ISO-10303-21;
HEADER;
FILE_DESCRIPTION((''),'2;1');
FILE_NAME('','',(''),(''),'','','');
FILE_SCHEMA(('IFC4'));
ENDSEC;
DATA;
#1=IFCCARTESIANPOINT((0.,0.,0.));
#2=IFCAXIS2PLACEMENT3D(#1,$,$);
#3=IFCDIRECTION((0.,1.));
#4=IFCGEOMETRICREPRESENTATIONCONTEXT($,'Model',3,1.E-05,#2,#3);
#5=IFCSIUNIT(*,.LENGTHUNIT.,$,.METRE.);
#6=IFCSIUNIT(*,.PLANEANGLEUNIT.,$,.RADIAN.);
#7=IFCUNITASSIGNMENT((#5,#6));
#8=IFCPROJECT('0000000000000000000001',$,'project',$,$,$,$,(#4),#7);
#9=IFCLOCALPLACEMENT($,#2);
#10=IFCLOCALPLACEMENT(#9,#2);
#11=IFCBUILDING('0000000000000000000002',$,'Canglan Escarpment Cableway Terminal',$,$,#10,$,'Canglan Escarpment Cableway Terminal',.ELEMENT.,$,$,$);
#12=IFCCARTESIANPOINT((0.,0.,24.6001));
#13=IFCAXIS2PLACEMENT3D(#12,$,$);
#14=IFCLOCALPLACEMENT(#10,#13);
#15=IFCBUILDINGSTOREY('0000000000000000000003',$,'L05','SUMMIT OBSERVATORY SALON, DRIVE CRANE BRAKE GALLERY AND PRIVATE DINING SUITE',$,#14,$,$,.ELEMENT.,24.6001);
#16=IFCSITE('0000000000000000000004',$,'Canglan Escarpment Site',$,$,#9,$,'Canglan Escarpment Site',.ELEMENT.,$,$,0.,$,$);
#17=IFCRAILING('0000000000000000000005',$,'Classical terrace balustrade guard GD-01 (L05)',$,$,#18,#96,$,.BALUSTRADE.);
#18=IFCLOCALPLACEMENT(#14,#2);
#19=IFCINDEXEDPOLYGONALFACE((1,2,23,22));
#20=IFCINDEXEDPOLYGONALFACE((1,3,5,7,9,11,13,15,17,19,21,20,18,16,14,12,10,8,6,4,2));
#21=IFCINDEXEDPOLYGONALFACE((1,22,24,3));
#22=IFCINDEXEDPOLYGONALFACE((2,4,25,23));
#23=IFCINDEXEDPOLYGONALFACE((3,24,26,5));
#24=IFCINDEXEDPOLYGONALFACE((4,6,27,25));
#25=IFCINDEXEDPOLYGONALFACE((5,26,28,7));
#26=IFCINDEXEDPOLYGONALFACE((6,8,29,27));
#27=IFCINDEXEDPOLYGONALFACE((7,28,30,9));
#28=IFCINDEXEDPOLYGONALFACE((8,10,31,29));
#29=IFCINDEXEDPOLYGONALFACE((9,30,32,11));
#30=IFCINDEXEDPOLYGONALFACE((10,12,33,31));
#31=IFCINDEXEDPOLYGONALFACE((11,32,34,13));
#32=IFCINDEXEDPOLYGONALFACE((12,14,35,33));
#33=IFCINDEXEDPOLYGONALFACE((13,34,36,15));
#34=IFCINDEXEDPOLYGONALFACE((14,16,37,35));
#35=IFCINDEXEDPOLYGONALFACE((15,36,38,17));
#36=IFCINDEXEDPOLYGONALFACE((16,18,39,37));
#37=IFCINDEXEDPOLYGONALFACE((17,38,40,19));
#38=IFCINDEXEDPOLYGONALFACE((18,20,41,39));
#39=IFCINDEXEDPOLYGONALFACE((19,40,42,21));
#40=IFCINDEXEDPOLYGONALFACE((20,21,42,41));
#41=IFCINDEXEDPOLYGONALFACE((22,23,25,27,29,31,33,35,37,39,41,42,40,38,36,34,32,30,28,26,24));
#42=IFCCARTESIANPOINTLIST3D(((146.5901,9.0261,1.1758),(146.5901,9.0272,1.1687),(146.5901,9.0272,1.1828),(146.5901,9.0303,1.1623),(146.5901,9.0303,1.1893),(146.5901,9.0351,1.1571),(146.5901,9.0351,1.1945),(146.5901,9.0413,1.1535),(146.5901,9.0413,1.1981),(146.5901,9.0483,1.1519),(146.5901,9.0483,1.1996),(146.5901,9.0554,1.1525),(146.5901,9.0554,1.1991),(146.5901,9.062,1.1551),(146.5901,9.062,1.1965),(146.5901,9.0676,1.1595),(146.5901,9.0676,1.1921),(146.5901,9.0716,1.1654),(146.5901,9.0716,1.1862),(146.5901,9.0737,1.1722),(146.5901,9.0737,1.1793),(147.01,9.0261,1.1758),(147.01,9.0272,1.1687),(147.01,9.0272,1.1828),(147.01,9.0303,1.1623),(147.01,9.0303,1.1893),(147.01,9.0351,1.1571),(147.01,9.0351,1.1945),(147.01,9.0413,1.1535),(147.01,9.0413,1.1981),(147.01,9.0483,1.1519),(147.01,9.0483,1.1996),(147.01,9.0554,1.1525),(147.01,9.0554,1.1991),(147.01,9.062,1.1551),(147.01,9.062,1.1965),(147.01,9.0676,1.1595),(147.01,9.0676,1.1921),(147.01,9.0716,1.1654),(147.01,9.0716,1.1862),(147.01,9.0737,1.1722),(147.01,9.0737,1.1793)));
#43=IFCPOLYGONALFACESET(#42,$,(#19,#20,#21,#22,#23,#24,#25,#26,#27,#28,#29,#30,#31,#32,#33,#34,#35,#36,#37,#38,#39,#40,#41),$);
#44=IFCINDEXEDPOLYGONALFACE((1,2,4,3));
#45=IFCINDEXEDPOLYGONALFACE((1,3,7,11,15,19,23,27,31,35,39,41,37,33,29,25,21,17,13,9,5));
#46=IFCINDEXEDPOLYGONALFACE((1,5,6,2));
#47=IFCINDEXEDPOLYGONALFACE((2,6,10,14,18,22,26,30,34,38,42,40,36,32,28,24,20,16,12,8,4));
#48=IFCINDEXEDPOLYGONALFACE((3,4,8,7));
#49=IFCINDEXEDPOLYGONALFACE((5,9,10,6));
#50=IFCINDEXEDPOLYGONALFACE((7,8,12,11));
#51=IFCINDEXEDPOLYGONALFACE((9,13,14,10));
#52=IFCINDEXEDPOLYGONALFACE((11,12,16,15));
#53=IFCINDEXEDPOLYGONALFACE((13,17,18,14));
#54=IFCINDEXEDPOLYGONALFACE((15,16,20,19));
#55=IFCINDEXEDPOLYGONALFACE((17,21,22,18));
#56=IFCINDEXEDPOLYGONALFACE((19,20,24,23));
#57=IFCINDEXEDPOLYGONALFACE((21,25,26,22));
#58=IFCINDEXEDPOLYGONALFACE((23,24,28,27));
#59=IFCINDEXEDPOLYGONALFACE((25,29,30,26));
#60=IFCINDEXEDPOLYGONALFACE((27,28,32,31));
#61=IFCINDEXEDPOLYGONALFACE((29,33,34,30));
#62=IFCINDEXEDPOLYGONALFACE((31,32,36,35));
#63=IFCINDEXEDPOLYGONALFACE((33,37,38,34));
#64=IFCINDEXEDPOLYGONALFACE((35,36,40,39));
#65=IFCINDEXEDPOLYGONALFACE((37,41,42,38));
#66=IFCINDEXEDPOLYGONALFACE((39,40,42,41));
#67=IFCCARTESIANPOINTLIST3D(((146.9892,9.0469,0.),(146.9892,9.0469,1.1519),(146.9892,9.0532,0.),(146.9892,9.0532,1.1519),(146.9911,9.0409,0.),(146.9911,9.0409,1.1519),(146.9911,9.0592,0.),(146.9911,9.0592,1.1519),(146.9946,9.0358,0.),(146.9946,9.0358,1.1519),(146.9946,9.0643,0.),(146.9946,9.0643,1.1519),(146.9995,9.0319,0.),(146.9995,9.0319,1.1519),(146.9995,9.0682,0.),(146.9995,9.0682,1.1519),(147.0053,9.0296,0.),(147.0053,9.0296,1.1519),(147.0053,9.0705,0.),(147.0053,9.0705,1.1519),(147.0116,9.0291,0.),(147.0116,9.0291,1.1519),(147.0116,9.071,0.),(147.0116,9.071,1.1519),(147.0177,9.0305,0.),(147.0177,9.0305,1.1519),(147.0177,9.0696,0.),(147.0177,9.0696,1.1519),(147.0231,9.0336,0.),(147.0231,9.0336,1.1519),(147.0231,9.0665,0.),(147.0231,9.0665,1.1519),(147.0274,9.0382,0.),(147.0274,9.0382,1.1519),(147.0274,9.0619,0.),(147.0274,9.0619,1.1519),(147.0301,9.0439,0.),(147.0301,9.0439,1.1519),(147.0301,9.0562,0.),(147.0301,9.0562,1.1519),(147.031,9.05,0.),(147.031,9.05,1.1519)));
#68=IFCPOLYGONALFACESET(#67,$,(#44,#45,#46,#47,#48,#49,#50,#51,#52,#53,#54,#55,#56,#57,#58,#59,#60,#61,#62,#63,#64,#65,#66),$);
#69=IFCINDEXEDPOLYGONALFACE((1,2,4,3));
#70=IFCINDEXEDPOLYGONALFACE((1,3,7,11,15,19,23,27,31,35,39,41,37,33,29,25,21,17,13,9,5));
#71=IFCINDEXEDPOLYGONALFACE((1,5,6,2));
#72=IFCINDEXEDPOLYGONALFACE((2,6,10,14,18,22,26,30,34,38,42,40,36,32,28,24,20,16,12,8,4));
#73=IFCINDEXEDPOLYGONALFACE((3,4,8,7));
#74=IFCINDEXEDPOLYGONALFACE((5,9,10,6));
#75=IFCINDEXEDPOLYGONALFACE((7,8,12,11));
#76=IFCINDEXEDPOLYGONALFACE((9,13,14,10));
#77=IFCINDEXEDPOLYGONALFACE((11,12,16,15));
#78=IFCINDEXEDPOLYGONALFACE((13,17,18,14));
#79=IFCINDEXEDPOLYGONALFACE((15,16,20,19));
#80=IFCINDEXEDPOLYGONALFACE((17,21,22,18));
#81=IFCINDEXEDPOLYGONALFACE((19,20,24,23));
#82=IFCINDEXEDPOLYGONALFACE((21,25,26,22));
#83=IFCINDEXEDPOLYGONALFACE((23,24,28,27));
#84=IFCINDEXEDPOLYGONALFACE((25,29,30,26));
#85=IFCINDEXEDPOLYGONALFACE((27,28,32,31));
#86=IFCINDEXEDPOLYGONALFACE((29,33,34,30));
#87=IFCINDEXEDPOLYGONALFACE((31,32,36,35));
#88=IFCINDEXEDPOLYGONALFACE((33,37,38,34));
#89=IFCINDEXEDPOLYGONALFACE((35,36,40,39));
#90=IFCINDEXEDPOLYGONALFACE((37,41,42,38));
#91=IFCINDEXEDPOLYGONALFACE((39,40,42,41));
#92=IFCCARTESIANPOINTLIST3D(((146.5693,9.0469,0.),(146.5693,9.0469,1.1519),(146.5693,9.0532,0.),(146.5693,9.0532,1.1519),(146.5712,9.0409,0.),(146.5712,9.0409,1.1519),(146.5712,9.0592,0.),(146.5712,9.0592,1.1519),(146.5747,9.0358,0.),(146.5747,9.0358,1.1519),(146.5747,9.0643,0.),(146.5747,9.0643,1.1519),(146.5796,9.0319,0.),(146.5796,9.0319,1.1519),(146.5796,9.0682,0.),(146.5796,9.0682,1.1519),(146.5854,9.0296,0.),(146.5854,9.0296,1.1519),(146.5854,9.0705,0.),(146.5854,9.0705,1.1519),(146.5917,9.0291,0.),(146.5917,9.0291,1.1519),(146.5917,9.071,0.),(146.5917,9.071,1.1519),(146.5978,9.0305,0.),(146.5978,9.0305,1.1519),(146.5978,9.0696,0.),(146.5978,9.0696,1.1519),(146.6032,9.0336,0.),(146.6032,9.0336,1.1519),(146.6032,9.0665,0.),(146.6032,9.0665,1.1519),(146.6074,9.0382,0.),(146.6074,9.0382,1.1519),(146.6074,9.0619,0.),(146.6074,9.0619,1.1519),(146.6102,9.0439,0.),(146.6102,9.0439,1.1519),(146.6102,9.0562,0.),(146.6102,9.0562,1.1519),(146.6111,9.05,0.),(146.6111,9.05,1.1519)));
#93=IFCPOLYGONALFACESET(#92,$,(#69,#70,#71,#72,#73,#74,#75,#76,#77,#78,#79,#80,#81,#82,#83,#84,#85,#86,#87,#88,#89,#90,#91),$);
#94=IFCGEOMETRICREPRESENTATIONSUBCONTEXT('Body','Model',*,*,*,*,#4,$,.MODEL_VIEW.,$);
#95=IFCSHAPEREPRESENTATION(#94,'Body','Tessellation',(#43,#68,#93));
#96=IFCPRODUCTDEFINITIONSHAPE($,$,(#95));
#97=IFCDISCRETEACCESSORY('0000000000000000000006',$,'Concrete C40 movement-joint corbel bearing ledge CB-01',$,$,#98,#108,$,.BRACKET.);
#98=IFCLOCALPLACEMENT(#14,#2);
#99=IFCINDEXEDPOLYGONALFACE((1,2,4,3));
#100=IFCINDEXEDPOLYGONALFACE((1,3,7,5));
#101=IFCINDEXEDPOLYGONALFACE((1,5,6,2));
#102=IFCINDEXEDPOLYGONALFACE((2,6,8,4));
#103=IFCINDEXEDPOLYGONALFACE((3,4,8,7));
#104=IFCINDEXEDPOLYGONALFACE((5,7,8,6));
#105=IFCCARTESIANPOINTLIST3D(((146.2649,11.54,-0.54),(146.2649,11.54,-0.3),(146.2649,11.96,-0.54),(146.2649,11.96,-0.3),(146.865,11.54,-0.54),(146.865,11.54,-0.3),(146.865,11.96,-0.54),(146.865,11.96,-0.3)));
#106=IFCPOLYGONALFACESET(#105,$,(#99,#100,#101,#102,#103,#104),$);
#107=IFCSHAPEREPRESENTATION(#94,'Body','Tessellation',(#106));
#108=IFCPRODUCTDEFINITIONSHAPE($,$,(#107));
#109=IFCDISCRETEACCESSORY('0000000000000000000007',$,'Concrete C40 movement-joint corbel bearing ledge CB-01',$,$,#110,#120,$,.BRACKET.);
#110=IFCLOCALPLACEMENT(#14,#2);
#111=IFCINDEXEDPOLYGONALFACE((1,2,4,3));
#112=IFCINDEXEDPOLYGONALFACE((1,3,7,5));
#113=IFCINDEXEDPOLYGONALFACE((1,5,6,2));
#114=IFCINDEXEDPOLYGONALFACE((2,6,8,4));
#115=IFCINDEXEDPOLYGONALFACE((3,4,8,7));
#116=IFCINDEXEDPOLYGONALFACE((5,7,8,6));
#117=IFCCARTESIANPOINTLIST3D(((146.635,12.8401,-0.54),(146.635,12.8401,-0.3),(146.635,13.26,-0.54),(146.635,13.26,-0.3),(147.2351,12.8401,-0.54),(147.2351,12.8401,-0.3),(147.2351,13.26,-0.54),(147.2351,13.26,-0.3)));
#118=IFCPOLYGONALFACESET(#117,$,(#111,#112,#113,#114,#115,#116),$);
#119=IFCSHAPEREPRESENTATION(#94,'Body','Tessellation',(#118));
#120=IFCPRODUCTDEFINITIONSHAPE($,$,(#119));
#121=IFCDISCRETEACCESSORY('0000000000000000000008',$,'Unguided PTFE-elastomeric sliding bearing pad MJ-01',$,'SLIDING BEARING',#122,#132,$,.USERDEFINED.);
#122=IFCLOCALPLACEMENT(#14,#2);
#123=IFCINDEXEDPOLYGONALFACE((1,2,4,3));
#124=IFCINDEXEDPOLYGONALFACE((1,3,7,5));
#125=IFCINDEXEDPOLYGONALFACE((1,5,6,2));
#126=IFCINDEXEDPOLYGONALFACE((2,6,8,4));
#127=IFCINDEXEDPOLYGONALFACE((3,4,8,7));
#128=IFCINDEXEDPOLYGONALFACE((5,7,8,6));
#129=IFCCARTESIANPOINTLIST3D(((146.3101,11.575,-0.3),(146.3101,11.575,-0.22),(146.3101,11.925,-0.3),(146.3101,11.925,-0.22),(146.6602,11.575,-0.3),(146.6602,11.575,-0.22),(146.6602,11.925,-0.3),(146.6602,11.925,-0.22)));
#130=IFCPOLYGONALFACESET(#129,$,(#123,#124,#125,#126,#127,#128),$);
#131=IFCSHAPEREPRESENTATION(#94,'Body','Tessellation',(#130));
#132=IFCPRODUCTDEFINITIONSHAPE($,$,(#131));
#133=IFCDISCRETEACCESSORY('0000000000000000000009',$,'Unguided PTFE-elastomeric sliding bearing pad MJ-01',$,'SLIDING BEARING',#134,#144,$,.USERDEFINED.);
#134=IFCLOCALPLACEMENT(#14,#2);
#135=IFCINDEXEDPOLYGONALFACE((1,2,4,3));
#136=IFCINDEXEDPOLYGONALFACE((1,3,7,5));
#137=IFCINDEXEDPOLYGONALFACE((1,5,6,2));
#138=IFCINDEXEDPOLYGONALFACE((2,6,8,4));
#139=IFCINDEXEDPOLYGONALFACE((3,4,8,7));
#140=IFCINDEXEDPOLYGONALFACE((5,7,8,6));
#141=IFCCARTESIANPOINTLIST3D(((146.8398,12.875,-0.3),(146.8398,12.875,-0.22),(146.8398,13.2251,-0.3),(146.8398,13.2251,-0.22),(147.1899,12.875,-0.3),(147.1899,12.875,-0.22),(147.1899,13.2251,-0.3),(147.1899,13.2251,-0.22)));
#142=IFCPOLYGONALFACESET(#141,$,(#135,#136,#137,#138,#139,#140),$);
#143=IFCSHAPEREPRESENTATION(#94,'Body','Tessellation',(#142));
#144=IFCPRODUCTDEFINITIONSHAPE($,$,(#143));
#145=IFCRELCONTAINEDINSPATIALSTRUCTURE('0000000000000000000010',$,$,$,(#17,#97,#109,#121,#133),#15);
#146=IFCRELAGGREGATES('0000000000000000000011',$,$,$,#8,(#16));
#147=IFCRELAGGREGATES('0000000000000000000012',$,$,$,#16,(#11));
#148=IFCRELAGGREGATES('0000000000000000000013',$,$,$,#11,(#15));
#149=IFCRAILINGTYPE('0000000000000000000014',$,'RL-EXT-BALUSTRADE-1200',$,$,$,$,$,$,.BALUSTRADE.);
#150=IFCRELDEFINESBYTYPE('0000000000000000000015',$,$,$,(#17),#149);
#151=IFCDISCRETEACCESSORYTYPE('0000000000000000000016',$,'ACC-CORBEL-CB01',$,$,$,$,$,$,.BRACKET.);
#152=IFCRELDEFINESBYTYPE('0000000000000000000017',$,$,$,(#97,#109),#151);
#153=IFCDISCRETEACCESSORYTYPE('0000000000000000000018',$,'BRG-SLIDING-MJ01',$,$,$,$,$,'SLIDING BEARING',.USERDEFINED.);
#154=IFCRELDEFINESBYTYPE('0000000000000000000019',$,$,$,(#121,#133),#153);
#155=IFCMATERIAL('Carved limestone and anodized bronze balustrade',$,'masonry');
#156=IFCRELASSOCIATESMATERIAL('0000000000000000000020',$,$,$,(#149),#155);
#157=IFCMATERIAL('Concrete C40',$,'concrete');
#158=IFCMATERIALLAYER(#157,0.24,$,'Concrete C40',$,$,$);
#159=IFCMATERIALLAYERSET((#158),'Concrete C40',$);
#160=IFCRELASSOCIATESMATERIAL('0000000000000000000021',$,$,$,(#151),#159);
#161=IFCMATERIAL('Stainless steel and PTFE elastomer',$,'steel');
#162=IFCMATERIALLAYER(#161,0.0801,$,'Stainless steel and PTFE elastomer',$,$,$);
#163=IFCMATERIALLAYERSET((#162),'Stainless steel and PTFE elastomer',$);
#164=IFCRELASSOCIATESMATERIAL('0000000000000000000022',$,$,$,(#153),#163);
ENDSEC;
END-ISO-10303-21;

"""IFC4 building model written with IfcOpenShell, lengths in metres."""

from ifc_helpers import new_model, si_unit, direction, frame, origin, origin_2d, place, context, subcontext, project, spatial, rectangle, circle, extrude, material, layer, layer_set, type_object, element, save


model = new_model("IFC4")

# Units and contexts
model_context = context("Model", 3, precision=1e-05, world=origin(), true_north=direction((0.0, 1.0)))
body_context = subcontext(model_context, "Body", "Model", "MODEL_VIEW")
ifc_project = project(units=[si_unit("LENGTHUNIT", "METRE"), si_unit("PLANEANGLEUNIT", "RADIAN")], contexts=[model_context])

# Site, building, storey
site_placement = place(None, origin())
site = spatial("IfcSite", under=ifc_project, at=site_placement, Name="Canglan Escarpment Site", LongName="Canglan Escarpment Site", CompositionType="ELEMENT", RefElevation=0.0)
building_placement = place(site_placement, origin())
building = spatial("IfcBuilding", under=site, at=building_placement, Name="Canglan Escarpment Cableway Terminal", LongName="Canglan Escarpment Cableway Terminal", CompositionType="ELEMENT")
storey_placement = place(building_placement, frame((0.0, 0.0, 24.6001)))
storey = spatial("IfcBuildingStorey", under=building, at=storey_placement, Name="L05", Description="SUMMIT OBSERVATORY SALON, DRIVE CRANE BRAKE GALLERY AND PRIVATE DINING SUITE", CompositionType="ELEMENT", Elevation=24.6001)

# Railing
ifc_material_1 = material(Name="Carved limestone and anodized bronze balustrade", Category="masonry")
railing_type = type_object("IfcRailingType", Name="RL-EXT-BALUSTRADE-1200", PredefinedType="BALUSTRADE", material=ifc_material_1)
railing_placement = place(storey_placement, frame((147.01, 9.05, 0.0)))
element("IfcRailing", 1, at=railing_placement, inside=storey, type_object=railing_type, Name="Classical terrace balustrade guard GD-01 (L05)", PredefinedType="BALUSTRADE", context=body_context, shape_type="SweptSolid", body=[
    extrude(circle(Radius=0.0239, at=origin_2d()), frame((0.0, 0.0, 1.1758), z_axis=(-1.0, 0.0, 0.0), x_axis=(0.0, -1.0, 0.0)), (0.0, 0.0, 1.0), 0.4199),
    extrude(circle(Radius=0.021, at=origin_2d()), origin(), (0.0, 0.0, 1.0), 1.1519),
    extrude(circle(Radius=0.021, at=origin_2d()), frame((-0.4199, 0.0, 0.0)), (0.0, 0.0, 1.0), 1.1519),
])

# Discrete accessories
ifc_material_2 = material(Name="Concrete C40", Category="concrete")
ifc_layer_1 = layer(ifc_material_2, 0.24, Name="Concrete C40")
ifc_layer_set_1 = layer_set([ifc_layer_1], Name="Concrete C40")
discrete_accessory_type_1 = type_object("IfcDiscreteAccessoryType", Name="ACC-CORBEL-CB01", PredefinedType="BRACKET", material=ifc_layer_set_1)
for number, where, z_axis, x_axis, name in (
    (2, (146.5649, 11.75, -0.54), (0.0, 0.0, 1.0), (1.0, 0.0, 0.0), "Concrete C40 movement-joint corbel bearing ledge CB-01"),
    (3, (146.9351, 13.05, -0.54), (0.0, 0.0, 1.0), (1.0, 0.0, 0.0), "Concrete C40 movement-joint corbel bearing ledge CB-01"),
):
    element("IfcDiscreteAccessory", number, at=place(storey_placement, frame(where, z_axis=z_axis, x_axis=x_axis)), inside=storey, type_object=discrete_accessory_type_1, Name=name, PredefinedType="BRACKET", context=body_context, shape_type="SweptSolid", body=[
        extrude(rectangle(XDim=0.6001, YDim=0.4199, at=origin_2d()), origin(), (0.0, 0.0, 1.0), 0.24),
    ])
ifc_material_3 = material(Name="Stainless steel and PTFE elastomer", Category="steel")
ifc_layer_2 = layer(ifc_material_3, 0.0801, Name="Stainless steel and PTFE elastomer")
ifc_layer_set_2 = layer_set([ifc_layer_2], Name="Stainless steel and PTFE elastomer")
discrete_accessory_type_2 = type_object("IfcDiscreteAccessoryType", Name="BRG-SLIDING-MJ01", ElementType="SLIDING BEARING", PredefinedType="USERDEFINED", material=ifc_layer_set_2)
for number, where, z_axis, x_axis, name in (
    (4, (146.4851, 11.75, -0.3), (0.0, 0.0, 1.0), (1.0, 0.0, 0.0), "Unguided PTFE-elastomeric sliding bearing pad MJ-01"),
    (5, (147.0149, 13.05, -0.3), (0.0, 0.0, 1.0), (1.0, 0.0, 0.0), "Unguided PTFE-elastomeric sliding bearing pad MJ-01"),
):
    element("IfcDiscreteAccessory", number, at=place(storey_placement, frame(where, z_axis=z_axis, x_axis=x_axis)), inside=storey, type_object=discrete_accessory_type_2, Name=name, ObjectType="SLIDING BEARING", PredefinedType="USERDEFINED", context=body_context, shape_type="SweptSolid", body=[
        extrude(rectangle(XDim=0.3501, YDim=0.3501, at=origin_2d()), origin(), (0.0, 0.0, 1.0), 0.0801),
    ])

save(model, "model.ifc")
